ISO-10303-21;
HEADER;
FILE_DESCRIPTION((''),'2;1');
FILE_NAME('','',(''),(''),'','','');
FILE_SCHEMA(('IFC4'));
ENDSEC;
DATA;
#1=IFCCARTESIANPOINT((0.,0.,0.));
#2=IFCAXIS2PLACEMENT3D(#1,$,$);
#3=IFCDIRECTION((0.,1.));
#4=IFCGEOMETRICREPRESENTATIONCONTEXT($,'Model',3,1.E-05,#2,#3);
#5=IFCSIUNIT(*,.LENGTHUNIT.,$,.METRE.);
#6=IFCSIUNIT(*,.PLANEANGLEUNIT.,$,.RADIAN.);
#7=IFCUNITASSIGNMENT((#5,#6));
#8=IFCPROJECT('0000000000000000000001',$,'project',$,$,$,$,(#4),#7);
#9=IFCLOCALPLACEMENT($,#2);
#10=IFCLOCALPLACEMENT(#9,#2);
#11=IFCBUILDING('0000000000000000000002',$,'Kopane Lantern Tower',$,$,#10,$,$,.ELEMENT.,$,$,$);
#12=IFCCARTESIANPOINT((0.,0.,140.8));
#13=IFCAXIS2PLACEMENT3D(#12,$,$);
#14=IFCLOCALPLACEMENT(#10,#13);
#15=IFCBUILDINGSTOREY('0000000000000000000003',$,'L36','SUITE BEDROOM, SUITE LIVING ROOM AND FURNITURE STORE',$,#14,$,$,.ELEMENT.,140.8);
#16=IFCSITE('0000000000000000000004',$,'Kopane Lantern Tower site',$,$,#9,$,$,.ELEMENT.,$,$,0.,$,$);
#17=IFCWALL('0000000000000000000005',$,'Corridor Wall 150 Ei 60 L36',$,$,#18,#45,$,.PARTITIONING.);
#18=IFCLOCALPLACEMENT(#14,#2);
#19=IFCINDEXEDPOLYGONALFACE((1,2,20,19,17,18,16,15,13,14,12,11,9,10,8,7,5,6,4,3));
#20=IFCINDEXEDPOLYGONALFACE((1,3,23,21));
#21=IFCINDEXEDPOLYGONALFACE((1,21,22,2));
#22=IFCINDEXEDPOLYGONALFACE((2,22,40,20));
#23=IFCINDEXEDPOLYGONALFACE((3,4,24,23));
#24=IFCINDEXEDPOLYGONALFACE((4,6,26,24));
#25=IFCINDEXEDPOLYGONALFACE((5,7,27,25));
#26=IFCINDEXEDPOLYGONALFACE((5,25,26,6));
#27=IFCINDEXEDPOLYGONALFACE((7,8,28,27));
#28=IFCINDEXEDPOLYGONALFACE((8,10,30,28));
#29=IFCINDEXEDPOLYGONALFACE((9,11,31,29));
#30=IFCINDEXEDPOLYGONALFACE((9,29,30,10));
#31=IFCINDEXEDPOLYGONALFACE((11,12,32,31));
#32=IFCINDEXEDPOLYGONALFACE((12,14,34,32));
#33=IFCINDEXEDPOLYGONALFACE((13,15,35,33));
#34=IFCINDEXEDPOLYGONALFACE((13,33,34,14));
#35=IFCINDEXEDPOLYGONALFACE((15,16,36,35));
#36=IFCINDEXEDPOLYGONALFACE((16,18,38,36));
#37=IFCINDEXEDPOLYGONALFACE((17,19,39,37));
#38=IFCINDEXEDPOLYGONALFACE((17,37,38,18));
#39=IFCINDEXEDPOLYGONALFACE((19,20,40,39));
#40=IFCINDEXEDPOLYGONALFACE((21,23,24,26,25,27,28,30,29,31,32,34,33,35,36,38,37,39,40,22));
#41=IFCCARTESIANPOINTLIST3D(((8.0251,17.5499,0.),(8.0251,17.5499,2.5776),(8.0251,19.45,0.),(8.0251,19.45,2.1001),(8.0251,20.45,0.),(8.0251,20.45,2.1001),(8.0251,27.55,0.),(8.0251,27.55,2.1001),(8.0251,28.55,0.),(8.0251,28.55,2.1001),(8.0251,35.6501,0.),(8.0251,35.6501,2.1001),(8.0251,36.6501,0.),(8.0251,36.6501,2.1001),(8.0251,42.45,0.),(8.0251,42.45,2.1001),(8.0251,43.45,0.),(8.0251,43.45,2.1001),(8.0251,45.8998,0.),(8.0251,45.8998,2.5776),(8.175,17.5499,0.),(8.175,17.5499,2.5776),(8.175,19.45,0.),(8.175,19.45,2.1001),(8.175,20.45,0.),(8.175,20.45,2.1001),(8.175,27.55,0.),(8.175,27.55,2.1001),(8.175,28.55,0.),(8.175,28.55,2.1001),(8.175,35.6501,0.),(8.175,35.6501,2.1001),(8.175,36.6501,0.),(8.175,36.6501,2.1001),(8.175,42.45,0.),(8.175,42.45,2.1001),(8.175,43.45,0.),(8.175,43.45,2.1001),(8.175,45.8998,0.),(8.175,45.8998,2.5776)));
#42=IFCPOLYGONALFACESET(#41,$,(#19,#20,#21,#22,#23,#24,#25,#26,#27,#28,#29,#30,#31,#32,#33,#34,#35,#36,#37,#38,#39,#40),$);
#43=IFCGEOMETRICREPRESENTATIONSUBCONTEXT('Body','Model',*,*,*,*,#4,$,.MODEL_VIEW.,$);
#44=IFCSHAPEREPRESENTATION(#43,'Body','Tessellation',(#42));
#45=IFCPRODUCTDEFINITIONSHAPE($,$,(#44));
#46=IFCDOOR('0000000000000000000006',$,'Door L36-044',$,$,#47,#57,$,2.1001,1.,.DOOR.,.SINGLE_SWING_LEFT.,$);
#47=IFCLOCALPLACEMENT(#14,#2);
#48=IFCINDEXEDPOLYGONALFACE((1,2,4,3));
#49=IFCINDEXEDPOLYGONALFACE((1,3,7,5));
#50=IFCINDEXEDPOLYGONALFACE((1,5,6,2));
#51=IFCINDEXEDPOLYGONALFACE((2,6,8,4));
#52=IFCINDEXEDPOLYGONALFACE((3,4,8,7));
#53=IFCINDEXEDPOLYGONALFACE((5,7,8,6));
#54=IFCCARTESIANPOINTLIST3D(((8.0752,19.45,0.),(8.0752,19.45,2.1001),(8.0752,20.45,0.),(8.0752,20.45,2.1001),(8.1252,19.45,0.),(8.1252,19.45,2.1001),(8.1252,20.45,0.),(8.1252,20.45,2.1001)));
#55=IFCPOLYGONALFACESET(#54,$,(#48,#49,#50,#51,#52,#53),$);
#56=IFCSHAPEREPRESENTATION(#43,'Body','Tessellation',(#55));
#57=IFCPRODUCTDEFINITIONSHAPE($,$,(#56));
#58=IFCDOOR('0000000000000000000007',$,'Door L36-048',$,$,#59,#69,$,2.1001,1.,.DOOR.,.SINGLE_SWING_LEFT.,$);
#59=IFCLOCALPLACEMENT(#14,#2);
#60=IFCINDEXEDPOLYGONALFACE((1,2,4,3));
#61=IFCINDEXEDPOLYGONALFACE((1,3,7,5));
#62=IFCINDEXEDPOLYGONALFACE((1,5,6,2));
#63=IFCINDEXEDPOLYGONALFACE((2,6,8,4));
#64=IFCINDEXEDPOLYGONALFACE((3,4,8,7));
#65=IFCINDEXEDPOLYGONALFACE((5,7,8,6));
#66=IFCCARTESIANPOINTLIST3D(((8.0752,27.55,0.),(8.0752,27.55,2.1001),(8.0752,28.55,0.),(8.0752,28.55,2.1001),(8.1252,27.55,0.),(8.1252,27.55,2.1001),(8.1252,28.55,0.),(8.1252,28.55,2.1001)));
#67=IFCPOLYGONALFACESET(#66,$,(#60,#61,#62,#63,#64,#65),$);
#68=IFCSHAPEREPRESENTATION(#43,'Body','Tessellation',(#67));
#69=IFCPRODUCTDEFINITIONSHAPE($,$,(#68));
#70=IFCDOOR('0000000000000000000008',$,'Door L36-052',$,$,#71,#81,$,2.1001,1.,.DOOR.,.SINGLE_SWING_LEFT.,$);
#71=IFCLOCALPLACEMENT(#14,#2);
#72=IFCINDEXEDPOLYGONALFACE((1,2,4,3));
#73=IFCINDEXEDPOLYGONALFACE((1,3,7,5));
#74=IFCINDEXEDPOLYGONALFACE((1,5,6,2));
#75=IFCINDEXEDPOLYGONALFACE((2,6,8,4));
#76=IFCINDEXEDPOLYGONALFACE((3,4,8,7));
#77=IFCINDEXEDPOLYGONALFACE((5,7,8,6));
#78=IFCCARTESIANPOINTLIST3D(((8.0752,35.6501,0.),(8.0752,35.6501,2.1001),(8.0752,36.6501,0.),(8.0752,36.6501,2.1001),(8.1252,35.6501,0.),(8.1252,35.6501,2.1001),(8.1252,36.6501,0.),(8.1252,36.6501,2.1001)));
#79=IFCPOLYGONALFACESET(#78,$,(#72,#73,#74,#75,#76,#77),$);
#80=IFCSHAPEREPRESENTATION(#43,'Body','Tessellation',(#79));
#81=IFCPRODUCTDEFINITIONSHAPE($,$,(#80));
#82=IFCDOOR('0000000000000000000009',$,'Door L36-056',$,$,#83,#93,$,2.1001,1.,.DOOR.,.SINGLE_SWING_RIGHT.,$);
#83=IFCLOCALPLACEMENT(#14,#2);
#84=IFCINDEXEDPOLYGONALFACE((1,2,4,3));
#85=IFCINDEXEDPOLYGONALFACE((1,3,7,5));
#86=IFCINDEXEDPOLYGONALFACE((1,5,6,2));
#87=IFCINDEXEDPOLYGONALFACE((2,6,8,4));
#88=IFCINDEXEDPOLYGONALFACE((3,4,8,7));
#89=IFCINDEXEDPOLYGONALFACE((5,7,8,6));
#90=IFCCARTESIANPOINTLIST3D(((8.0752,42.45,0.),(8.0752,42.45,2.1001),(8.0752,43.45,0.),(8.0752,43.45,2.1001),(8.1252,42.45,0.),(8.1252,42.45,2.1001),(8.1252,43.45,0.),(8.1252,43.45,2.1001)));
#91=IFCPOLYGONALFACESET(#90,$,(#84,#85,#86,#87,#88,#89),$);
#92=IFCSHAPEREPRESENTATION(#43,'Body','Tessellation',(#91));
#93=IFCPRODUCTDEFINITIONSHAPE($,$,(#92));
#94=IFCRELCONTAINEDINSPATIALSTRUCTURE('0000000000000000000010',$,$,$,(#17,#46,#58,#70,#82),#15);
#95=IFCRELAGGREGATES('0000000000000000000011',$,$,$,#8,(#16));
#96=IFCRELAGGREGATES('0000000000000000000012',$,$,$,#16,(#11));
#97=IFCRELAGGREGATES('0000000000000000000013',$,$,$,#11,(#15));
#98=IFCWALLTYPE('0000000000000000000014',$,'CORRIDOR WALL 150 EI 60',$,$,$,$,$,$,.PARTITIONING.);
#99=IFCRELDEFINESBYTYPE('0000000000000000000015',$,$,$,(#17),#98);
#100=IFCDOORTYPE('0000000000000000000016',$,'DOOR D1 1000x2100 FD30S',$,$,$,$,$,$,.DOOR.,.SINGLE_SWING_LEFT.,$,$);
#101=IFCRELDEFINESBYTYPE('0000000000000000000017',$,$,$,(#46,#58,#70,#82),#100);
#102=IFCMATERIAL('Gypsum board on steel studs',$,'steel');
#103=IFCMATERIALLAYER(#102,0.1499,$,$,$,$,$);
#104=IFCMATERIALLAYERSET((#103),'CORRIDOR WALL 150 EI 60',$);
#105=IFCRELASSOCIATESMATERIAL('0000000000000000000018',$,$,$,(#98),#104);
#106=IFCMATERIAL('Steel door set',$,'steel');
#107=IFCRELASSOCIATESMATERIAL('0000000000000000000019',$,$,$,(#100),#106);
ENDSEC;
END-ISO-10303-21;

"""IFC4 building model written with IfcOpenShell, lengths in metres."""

from ifc_helpers import new_model, si_unit, direction, frame, frame_2d, origin, place, context, subcontext, project, spatial, rectangle, extrude, material, layer, layer_set, type_object, element, fill, save


model = new_model("IFC4")

# Units and contexts
model_context = context("Model", 3, precision=1e-05, world=origin(), true_north=direction((0.0, 1.0)))
body_context = subcontext(model_context, "Body", "Model", "MODEL_VIEW")
ifc_project = project(units=[si_unit("LENGTHUNIT", "METRE"), si_unit("PLANEANGLEUNIT", "RADIAN")], contexts=[model_context])

# Site, building, storey
site_placement = place(None, origin())
site = spatial("IfcSite", under=ifc_project, at=site_placement, Name="Kopane Lantern Tower site", CompositionType="ELEMENT", RefElevation=0.0)
building_placement = place(site_placement, origin())
building = spatial("IfcBuilding", under=site, at=building_placement, Name="Kopane Lantern Tower", CompositionType="ELEMENT")
storey_placement = place(building_placement, frame((0.0, 0.0, 140.8)))
storey = spatial("IfcBuildingStorey", under=building, at=storey_placement, Name="L36", Description="SUITE BEDROOM, SUITE LIVING ROOM AND FURNITURE STORE", CompositionType="ELEMENT", Elevation=140.8)

# Wall, openings, doors
ifc_material_1 = material(Name="Gypsum board on steel studs", Category="steel")
ifc_layer_1 = layer(ifc_material_1, 0.1499)
ifc_layer_set_1 = layer_set([ifc_layer_1], Name="CORRIDOR WALL 150 EI 60")
wall_type_1 = type_object("IfcWallType", Name="CORRIDOR WALL 150 EI 60", PredefinedType="PARTITIONING", material=ifc_layer_set_1)
ifc_material_2 = material(Name="Steel door set", Category="steel")
door_type_1 = type_object("IfcDoorType", Name="DOOR D1 1000x2100 FD30S", OperationType="SINGLE_SWING_LEFT", PredefinedType="DOOR", material=ifc_material_2)
wall_1_placement = place(storey_placement, frame((8.1001, 17.55, 0.0), z_axis=(0.0, 0.0, 1.0), x_axis=(0.0, 1.0, 0.0)))
wall_1 = element("IfcWall", 1, at=wall_1_placement, inside=storey, type_object=wall_type_1, Name="Corridor Wall 150 Ei 60 L36", PredefinedType="PARTITIONING", context=body_context, shape_type="SweptSolid", body=[
    extrude(rectangle(XDim=28.3499, YDim=0.1499, at=frame_2d((14.1748, 0.0))), origin(), (0.0, 0.0, 1.0), 2.5776),
])
opening_1_placement = place(wall_1_placement, frame((1.8999, 0.0, 0.0)))
opening_1 = element("IfcOpeningElement", 2, at=opening_1_placement, cuts=wall_1, PredefinedType="OPENING", context=body_context, shape_type="SweptSolid", body=[
    extrude(rectangle(XDim=1.0, YDim=2.1001, at=frame_2d((0.5, 1.05))), frame((0.0, 0.085, 0.0), z_axis=(0.0, -1.0, 0.0), x_axis=(1.0, 0.0, 0.0)), (0.0, 0.0, 1.0), 0.1699),
])
opening_2_placement = place(wall_1_placement, frame((10.0, 0.0, 0.0)))
opening_2 = element("IfcOpeningElement", 3, at=opening_2_placement, cuts=wall_1, PredefinedType="OPENING", context=body_context, shape_type="SweptSolid", body=[
    extrude(rectangle(XDim=1.0, YDim=2.1001, at=frame_2d((0.5, 1.05))), frame((0.0, 0.085, 0.0), z_axis=(0.0, -1.0, 0.0), x_axis=(1.0, 0.0, 0.0)), (0.0, 0.0, 1.0), 0.1699),
])
opening_3_placement = place(wall_1_placement, frame((18.1001, 0.0, 0.0)))
opening_3 = element("IfcOpeningElement", 4, at=opening_3_placement, cuts=wall_1, PredefinedType="OPENING", context=body_context, shape_type="SweptSolid", body=[
    extrude(rectangle(XDim=1.0, YDim=2.1001, at=frame_2d((0.5, 1.05))), frame((0.0, 0.085, 0.0), z_axis=(0.0, -1.0, 0.0), x_axis=(1.0, 0.0, 0.0)), (0.0, 0.0, 1.0), 0.1699),
])
opening_4_placement = place(wall_1_placement, frame((24.8999, 0.0, 0.0)))
opening_4 = element("IfcOpeningElement", 5, at=opening_4_placement, cuts=wall_1, PredefinedType="OPENING", context=body_context, shape_type="SweptSolid", body=[
    extrude(rectangle(XDim=1.0, YDim=2.1001, at=frame_2d((0.5, 1.05))), frame((0.0, 0.085, 0.0), z_axis=(0.0, -1.0, 0.0), x_axis=(1.0, 0.0, 0.0)), (0.0, 0.0, 1.0), 0.1699),
])
door_1_placement = place(opening_1_placement, origin())
door_1 = element("IfcDoor", 6, at=door_1_placement, inside=storey, type_object=door_type_1, Name="Door L36-044", OperationType="SINGLE_SWING_LEFT", OverallHeight=2.1001, OverallWidth=1.0, PredefinedType="DOOR", context=body_context, shape_type="SweptSolid", body=[
    extrude(rectangle(XDim=1.0, YDim=2.1001, at=frame_2d((0.5, 1.05))), frame((0.0, 0.0249, 0.0), z_axis=(0.0, -1.0, 0.0), x_axis=(1.0, 0.0, 0.0)), (0.0, 0.0, 1.0), 0.05),
])
fill(opening_1, door_1)
door_2_placement = place(opening_2_placement, origin())
door_2 = element("IfcDoor", 7, at=door_2_placement, inside=storey, type_object=door_type_1, Name="Door L36-048", OperationType="SINGLE_SWING_LEFT", OverallHeight=2.1001, OverallWidth=1.0, PredefinedType="DOOR", context=body_context, shape_type="SweptSolid", body=[
    extrude(rectangle(XDim=1.0, YDim=2.1001, at=frame_2d((0.5, 1.05))), frame((0.0, 0.0249, 0.0), z_axis=(0.0, -1.0, 0.0), x_axis=(1.0, 0.0, 0.0)), (0.0, 0.0, 1.0), 0.05),
])
fill(opening_2, door_2)
door_3_placement = place(opening_3_placement, origin())
door_3 = element("IfcDoor", 8, at=door_3_placement, inside=storey, type_object=door_type_1, Name="Door L36-052", OperationType="SINGLE_SWING_LEFT", OverallHeight=2.1001, OverallWidth=1.0, PredefinedType="DOOR", context=body_context, shape_type="SweptSolid", body=[
    extrude(rectangle(XDim=1.0, YDim=2.1001, at=frame_2d((0.5, 1.05))), frame((0.0, 0.0249, 0.0), z_axis=(0.0, -1.0, 0.0), x_axis=(1.0, 0.0, 0.0)), (0.0, 0.0, 1.0), 0.05),
])
fill(opening_3, door_3)
door_4_placement = place(opening_4_placement, origin())
door_4 = element("IfcDoor", 9, at=door_4_placement, inside=storey, type_object=door_type_1, Name="Door L36-056", OperationType="SINGLE_SWING_RIGHT", OverallHeight=2.1001, OverallWidth=1.0, PredefinedType="DOOR", context=body_context, shape_type="SweptSolid", body=[
    extrude(rectangle(XDim=1.0, YDim=2.1001, at=frame_2d((0.5, 1.05))), frame((0.0, 0.0249, 0.0), z_axis=(0.0, -1.0, 0.0), x_axis=(1.0, 0.0, 0.0)), (0.0, 0.0, 1.0), 0.05),
])
fill(opening_4, door_4)

save(model, "model.ifc")
